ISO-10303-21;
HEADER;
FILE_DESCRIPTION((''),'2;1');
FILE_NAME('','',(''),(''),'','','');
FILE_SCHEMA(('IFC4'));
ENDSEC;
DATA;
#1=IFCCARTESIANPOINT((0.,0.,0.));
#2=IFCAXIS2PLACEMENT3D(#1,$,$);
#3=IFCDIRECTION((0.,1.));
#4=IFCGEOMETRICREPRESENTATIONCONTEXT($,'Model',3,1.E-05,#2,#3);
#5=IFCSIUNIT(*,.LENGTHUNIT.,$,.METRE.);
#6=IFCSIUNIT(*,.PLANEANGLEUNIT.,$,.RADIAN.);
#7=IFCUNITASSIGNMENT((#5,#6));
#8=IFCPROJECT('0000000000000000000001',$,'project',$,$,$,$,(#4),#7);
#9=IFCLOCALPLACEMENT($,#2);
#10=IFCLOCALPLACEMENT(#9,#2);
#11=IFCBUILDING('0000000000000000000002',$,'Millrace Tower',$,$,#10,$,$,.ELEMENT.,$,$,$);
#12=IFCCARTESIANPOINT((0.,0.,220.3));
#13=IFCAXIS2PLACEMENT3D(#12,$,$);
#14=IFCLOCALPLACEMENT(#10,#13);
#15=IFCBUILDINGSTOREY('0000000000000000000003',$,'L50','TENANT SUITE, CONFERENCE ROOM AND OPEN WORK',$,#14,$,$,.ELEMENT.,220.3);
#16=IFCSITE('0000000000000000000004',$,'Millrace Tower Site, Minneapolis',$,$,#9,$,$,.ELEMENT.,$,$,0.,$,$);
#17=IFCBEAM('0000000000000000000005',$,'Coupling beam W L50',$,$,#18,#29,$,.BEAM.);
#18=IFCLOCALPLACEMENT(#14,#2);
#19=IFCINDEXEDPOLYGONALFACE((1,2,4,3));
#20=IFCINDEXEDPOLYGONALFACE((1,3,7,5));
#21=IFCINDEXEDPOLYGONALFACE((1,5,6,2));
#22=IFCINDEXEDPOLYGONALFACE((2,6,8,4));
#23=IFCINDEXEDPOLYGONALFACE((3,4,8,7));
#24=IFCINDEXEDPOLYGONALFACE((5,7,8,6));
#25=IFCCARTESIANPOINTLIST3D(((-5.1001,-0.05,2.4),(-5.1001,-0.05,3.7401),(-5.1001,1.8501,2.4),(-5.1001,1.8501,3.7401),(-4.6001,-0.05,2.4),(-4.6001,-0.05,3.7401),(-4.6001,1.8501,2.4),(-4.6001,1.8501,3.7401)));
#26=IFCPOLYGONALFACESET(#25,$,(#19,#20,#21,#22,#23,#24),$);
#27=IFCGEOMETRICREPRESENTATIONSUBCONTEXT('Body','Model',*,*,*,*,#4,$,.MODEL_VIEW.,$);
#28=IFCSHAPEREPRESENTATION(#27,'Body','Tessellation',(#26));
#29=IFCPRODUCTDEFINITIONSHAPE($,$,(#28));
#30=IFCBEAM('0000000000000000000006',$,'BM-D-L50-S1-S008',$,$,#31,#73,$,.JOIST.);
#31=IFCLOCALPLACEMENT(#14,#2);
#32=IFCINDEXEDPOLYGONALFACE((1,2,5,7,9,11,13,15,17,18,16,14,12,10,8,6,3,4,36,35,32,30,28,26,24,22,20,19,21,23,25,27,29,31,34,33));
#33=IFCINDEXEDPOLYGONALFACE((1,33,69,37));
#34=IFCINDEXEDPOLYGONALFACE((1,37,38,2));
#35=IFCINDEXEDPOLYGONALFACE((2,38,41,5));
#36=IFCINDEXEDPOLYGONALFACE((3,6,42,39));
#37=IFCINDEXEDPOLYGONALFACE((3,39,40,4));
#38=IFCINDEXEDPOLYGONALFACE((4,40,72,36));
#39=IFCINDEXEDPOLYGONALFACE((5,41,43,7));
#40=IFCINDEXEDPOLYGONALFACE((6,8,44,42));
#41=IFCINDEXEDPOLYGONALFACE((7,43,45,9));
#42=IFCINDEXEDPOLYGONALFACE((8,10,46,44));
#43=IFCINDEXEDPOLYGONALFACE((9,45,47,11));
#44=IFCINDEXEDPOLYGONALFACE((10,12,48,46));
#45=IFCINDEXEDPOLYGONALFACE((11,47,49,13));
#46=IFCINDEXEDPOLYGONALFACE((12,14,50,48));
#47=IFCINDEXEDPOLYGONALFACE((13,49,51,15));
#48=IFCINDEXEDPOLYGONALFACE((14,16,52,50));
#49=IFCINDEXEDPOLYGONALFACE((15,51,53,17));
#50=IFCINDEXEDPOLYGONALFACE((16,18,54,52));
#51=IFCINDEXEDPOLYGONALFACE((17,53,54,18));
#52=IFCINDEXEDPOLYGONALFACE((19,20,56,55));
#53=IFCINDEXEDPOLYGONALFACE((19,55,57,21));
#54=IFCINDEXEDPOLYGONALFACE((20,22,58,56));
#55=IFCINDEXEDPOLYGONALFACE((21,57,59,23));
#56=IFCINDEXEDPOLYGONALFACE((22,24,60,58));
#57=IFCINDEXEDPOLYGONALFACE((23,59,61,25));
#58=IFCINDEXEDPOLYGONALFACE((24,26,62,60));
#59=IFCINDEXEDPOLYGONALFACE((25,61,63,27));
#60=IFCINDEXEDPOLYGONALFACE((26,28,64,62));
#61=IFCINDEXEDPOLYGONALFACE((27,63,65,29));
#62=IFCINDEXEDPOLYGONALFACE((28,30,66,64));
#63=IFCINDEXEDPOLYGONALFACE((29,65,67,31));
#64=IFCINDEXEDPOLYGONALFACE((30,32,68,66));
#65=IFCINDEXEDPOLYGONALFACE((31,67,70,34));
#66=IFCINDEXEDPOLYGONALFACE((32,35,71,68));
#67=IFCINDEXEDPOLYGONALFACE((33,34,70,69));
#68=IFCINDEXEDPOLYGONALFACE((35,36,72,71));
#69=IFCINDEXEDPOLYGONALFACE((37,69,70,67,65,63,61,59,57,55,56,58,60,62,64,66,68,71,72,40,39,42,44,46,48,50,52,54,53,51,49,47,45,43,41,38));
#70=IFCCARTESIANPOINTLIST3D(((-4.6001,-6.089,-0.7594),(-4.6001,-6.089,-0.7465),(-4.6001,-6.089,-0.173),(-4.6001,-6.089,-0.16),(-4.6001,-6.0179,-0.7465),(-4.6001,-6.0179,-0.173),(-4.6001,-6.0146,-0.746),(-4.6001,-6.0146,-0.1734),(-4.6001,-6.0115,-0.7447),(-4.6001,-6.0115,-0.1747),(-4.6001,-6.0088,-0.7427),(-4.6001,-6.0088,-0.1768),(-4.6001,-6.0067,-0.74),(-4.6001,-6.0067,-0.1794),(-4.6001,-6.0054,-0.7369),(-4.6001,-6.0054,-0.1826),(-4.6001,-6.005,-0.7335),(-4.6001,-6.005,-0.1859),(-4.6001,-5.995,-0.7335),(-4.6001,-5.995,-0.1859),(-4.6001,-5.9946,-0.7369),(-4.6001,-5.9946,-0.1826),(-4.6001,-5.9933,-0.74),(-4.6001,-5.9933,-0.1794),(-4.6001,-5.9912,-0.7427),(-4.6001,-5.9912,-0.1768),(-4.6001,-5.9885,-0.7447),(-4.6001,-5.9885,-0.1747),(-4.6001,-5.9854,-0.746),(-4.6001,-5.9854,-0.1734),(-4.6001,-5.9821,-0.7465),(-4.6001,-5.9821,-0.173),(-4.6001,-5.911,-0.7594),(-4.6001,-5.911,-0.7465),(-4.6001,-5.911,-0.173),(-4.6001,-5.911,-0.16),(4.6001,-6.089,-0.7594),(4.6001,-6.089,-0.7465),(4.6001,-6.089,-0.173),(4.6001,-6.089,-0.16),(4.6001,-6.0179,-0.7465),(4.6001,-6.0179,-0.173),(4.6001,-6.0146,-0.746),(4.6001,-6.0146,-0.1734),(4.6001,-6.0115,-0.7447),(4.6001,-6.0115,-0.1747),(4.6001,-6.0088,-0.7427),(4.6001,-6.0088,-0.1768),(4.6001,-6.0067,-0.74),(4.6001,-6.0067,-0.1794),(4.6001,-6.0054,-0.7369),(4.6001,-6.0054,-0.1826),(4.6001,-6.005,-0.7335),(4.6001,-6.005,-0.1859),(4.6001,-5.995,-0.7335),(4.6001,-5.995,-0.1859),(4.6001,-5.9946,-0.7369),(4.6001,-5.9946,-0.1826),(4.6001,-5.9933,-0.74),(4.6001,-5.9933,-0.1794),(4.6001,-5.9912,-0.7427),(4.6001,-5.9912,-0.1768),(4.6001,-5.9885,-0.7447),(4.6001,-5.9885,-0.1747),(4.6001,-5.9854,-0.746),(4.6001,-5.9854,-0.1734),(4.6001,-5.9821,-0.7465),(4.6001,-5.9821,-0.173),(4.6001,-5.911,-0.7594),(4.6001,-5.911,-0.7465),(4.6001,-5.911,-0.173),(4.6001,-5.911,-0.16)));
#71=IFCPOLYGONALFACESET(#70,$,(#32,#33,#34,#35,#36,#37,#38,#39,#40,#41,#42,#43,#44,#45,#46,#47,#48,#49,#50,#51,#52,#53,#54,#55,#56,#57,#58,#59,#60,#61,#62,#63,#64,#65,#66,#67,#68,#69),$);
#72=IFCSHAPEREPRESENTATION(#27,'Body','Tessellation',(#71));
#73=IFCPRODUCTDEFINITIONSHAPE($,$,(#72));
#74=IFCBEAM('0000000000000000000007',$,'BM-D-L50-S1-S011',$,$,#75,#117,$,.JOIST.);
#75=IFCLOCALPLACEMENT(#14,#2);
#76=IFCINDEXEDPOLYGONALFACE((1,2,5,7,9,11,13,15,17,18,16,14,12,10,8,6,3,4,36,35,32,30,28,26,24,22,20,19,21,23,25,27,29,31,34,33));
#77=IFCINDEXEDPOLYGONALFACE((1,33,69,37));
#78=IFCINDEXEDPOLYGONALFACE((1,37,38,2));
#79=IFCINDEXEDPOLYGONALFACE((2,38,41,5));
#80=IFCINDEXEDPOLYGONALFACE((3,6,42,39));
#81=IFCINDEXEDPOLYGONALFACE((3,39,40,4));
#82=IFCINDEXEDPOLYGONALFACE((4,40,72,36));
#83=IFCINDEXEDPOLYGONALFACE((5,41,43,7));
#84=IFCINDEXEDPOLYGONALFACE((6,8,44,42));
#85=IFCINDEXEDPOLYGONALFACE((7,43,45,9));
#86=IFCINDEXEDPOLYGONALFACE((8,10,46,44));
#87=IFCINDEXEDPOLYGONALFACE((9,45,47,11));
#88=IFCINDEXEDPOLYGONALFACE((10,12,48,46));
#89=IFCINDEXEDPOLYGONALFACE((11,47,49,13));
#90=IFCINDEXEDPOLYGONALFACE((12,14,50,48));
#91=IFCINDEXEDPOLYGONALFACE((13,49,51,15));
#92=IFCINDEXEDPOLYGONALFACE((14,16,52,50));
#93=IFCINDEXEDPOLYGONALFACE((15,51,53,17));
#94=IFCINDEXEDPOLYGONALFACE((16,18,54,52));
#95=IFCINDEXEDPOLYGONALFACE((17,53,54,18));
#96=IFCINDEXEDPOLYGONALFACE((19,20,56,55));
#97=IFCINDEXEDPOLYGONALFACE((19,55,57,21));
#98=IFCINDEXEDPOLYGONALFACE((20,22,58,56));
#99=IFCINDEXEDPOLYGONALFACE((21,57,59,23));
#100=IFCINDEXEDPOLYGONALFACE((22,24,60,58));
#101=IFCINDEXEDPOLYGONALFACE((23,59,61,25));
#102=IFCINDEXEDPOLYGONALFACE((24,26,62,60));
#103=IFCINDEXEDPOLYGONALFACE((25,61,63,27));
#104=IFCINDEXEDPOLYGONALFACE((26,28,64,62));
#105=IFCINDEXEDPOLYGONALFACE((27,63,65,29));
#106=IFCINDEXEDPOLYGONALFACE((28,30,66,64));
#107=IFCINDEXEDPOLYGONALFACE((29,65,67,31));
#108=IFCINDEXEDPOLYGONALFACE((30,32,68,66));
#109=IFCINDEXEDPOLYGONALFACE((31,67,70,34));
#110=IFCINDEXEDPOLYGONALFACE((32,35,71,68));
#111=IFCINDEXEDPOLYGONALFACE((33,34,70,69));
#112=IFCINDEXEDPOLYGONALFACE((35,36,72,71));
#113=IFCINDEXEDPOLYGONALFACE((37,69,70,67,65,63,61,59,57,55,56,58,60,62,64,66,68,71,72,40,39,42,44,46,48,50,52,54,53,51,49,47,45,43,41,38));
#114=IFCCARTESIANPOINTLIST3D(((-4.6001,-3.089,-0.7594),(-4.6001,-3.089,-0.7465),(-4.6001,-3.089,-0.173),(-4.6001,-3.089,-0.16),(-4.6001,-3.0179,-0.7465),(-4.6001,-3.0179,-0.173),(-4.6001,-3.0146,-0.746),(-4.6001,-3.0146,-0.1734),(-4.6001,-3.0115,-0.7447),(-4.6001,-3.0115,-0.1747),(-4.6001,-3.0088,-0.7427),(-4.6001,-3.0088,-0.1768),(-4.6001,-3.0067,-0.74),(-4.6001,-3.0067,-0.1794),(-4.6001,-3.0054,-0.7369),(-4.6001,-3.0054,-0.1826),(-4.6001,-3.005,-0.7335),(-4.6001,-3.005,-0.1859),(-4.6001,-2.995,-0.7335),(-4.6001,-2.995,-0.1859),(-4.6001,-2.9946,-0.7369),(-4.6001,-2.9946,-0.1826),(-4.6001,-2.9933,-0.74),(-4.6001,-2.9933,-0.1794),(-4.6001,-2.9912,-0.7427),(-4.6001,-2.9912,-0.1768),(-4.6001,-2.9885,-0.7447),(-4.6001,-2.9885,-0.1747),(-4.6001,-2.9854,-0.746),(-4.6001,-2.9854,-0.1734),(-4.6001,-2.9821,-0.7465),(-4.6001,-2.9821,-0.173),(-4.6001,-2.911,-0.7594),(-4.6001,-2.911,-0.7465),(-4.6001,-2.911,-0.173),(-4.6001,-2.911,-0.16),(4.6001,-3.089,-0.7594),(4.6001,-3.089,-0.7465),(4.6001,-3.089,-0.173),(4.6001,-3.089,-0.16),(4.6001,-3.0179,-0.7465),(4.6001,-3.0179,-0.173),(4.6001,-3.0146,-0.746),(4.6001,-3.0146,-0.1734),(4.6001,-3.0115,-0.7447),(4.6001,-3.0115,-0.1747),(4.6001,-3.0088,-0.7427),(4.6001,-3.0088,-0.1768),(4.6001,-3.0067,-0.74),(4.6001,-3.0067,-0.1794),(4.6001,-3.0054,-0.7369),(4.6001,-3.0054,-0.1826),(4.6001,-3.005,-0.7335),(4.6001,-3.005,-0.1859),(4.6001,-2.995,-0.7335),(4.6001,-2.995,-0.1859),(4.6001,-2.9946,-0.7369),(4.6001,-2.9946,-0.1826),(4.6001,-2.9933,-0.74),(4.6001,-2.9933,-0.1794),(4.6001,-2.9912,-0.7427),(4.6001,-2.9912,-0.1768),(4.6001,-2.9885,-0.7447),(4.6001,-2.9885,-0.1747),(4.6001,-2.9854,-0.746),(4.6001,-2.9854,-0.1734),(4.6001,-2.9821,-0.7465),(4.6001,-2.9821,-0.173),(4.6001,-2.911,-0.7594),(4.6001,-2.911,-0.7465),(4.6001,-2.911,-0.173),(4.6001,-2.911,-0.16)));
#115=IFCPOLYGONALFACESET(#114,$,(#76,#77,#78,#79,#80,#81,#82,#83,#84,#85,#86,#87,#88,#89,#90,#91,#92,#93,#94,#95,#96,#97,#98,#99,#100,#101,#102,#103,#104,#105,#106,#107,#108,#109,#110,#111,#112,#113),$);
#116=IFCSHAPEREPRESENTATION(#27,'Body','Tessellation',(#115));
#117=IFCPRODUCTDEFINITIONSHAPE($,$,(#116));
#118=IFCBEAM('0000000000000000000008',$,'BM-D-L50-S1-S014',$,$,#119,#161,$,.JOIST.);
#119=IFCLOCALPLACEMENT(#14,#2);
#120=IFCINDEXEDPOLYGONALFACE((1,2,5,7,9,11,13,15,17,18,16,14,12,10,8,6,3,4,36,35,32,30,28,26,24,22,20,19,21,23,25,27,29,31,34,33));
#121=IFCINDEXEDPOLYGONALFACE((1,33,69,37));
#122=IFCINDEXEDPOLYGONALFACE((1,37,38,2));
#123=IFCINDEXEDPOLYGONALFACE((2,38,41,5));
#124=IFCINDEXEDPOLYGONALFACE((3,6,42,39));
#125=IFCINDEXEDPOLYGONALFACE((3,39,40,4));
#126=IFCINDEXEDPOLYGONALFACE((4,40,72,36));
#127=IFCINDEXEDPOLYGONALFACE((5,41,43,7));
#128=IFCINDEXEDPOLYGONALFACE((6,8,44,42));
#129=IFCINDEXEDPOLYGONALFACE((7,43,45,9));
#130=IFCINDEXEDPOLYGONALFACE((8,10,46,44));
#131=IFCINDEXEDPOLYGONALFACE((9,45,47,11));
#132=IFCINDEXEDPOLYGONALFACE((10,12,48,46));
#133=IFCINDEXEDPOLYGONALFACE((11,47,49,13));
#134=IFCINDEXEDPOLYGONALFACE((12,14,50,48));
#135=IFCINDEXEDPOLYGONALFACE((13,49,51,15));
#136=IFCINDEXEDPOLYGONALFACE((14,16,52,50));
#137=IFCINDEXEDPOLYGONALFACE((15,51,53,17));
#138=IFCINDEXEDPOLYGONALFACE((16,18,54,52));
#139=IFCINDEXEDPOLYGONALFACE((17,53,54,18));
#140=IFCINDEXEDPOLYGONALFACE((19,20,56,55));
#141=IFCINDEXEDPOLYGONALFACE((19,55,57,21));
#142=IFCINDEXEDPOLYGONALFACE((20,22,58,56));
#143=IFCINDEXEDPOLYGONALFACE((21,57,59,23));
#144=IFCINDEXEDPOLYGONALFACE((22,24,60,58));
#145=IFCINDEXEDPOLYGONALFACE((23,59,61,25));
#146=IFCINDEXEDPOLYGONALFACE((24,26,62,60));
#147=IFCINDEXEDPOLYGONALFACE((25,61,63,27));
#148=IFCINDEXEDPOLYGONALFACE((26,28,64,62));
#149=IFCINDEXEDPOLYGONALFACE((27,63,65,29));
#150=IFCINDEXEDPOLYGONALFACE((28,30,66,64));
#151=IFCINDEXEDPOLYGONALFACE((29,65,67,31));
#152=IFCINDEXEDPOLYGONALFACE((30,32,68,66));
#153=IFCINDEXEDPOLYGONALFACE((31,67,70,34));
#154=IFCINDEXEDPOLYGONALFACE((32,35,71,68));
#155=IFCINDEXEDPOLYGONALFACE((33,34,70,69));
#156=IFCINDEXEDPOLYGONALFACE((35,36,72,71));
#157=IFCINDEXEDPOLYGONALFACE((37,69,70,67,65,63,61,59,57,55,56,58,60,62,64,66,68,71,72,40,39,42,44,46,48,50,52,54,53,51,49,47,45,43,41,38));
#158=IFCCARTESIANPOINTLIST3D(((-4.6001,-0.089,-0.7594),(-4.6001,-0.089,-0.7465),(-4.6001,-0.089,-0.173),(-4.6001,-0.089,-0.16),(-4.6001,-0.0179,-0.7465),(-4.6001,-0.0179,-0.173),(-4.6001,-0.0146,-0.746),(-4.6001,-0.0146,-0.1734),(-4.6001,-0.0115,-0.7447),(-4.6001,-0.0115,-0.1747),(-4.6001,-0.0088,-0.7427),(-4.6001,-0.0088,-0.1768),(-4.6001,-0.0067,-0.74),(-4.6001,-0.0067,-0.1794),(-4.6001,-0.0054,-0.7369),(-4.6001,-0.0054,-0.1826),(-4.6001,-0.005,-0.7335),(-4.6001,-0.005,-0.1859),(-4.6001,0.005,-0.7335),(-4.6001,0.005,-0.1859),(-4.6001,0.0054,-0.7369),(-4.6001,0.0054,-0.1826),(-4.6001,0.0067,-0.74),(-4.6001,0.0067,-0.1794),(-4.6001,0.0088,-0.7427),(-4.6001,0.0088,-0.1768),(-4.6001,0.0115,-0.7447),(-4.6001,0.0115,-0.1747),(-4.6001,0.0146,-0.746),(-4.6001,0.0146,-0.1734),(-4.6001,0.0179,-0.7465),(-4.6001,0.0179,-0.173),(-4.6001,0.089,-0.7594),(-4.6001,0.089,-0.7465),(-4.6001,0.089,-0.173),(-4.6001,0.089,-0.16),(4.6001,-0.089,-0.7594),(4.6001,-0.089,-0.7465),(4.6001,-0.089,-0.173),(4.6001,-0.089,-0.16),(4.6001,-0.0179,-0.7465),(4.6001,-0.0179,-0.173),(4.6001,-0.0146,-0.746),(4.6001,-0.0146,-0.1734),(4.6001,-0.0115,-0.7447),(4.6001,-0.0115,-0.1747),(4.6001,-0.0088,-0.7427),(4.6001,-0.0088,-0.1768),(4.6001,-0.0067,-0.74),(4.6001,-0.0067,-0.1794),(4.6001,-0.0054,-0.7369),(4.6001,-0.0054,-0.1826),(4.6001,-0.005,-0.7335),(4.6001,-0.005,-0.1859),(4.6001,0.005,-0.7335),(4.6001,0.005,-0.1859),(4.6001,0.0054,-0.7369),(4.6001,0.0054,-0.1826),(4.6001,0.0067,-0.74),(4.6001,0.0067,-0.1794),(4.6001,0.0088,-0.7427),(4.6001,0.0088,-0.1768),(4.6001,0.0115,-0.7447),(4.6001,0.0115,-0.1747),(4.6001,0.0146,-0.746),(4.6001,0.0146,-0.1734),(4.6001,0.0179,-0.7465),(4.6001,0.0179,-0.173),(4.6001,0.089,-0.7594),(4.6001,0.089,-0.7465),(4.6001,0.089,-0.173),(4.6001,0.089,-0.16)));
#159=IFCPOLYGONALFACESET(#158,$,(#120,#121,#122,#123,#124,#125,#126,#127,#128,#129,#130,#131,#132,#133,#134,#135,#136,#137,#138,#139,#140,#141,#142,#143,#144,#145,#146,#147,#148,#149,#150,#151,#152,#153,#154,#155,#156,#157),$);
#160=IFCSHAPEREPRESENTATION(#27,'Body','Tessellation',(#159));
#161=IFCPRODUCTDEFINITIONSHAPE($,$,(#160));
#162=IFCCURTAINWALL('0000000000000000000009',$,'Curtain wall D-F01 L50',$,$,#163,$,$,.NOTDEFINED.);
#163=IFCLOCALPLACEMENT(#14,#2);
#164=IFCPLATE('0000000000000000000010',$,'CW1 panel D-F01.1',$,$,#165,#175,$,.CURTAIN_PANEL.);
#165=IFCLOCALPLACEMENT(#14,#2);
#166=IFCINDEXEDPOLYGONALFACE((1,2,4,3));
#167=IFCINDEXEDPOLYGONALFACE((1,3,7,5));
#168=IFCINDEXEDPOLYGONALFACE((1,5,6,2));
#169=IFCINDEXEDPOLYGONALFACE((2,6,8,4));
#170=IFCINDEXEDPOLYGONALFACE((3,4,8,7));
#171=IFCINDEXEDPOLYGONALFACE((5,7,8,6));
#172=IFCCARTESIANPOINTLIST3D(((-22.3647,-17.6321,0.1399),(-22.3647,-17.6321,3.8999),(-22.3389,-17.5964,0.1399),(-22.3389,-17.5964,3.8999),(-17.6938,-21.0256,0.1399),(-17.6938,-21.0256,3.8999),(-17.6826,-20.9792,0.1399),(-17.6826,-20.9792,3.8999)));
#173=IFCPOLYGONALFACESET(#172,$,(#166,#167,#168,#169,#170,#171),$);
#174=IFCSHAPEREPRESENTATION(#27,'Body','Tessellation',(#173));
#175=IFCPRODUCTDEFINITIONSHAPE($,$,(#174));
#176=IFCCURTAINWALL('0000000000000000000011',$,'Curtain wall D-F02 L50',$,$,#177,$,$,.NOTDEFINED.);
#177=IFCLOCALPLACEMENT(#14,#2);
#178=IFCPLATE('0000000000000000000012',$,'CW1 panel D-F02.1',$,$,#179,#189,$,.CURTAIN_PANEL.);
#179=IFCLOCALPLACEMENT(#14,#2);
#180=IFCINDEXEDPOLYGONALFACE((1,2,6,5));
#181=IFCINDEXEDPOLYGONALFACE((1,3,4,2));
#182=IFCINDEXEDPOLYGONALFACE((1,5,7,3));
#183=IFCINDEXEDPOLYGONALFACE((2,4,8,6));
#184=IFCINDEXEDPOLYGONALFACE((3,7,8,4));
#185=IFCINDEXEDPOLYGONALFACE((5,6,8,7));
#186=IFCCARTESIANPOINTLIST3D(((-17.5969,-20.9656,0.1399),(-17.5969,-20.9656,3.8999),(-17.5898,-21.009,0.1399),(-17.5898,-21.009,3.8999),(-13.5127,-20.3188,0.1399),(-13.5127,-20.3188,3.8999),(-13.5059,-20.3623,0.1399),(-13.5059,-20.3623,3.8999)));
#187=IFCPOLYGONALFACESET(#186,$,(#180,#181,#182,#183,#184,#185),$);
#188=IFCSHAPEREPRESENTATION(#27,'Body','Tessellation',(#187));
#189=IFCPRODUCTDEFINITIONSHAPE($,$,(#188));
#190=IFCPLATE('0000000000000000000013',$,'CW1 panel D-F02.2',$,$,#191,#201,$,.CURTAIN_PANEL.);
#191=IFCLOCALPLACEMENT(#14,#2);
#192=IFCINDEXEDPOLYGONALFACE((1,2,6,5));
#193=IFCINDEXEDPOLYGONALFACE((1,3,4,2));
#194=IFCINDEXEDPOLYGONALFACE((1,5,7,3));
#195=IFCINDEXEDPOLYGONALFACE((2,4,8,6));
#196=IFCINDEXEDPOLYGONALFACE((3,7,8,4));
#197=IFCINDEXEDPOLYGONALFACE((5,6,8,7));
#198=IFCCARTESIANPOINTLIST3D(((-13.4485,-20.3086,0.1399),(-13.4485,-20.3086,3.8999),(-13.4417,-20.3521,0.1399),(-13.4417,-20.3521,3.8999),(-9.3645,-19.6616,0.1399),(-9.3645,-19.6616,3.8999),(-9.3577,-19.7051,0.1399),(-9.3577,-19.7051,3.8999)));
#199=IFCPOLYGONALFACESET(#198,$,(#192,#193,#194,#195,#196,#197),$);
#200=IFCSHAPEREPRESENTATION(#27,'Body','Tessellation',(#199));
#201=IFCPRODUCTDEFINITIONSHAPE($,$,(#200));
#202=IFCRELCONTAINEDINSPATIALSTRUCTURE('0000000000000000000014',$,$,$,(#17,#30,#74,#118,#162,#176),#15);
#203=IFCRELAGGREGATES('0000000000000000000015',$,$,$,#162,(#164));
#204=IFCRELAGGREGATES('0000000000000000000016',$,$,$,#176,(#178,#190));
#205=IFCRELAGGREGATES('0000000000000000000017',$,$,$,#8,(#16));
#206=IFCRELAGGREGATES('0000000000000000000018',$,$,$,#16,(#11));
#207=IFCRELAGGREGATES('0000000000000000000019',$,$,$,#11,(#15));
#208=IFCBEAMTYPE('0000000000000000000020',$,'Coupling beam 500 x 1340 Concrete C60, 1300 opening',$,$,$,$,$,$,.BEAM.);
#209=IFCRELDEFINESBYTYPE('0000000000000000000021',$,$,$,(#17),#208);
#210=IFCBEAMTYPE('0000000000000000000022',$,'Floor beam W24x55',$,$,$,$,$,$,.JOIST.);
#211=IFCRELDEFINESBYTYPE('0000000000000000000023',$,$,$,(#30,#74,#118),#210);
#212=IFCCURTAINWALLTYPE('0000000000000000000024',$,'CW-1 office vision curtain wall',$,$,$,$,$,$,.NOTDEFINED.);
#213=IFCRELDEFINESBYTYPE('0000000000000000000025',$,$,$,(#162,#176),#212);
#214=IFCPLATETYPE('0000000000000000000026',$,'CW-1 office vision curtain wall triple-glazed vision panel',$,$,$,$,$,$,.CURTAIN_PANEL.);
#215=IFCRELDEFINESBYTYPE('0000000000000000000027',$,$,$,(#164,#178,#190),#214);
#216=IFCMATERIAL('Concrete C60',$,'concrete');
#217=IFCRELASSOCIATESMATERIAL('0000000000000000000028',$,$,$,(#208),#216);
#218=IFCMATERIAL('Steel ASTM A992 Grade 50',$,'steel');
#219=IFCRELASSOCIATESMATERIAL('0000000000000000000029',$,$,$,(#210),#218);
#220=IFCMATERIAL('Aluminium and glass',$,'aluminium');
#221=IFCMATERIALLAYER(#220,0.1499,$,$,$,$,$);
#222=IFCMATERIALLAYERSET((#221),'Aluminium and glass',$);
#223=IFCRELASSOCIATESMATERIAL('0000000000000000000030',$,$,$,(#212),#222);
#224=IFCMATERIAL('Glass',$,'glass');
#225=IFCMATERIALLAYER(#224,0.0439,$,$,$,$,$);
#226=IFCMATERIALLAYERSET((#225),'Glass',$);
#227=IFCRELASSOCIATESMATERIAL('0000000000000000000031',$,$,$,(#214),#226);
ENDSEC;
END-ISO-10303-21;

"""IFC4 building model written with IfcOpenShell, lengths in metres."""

from ifc_helpers import new_model, si_unit, direction, frame, origin, origin_2d, place, context, subcontext, project, spatial, polyline, rectangle, i_section, outline, extrude, material, layer, layer_set, material_profile, profile_set, type_object, element, aggregate, save


model = new_model("IFC4")

# Units and contexts
model_context = context("Model", 3, precision=1e-05, world=origin(), true_north=direction((0.0, 1.0)))
body_context = subcontext(model_context, "Body", "Model", "MODEL_VIEW")
ifc_project = project(units=[si_unit("LENGTHUNIT", "METRE"), si_unit("PLANEANGLEUNIT", "RADIAN")], contexts=[model_context])

# Site, building, storey
site_placement = place(None, origin())
site = spatial("IfcSite", under=ifc_project, at=site_placement, Name="Millrace Tower Site, Minneapolis", CompositionType="ELEMENT", RefElevation=0.0)
building_placement = place(site_placement, origin())
building = spatial("IfcBuilding", under=site, at=building_placement, Name="Millrace Tower", CompositionType="ELEMENT")
storey_placement = place(building_placement, frame((0.0, 0.0, 220.3)))
storey = spatial("IfcBuildingStorey", under=building, at=storey_placement, Name="L50", Description="TENANT SUITE, CONFERENCE ROOM AND OPEN WORK", CompositionType="ELEMENT", Elevation=220.3)

# Beams
ifc_material_1 = material(Name="Concrete C60", Category="concrete")
ifc_material_profile_1 = material_profile(ifc_material_1, rectangle(XDim=0.5, YDim=1.3401, at=origin_2d()))
ifc_profile_set_1 = profile_set([ifc_material_profile_1], Name="Concrete C60")
beam_type_1 = type_object("IfcBeamType", Name="Coupling beam 500 x 1340 Concrete C60, 1300 opening", PredefinedType="BEAM", material=ifc_profile_set_1)
beam_placement = place(storey_placement, frame((-4.8501, -0.05, 3.0701), z_axis=(0.0, 1.0, 0.0), x_axis=(-1.0, 0.0, 0.0)))
element("IfcBeam", 1, at=beam_placement, inside=storey, type_object=beam_type_1, Name="Coupling beam W L50", PredefinedType="BEAM", context=body_context, shape_type="SweptSolid", body=[
    extrude(rectangle(XDim=0.5, YDim=1.3401, at=origin_2d()), origin(), (0.0, 0.0, 1.0), 1.9001),
])
ifc_material_2 = material(Name="Steel ASTM A992 Grade 50", Category="steel")
ifc_material_profile_2 = material_profile(ifc_material_2, i_section(OverallWidth=0.178, OverallDepth=0.5994, WebThickness=0.01, FlangeThickness=0.0129, FilletRadius=0.0129, at=origin_2d()))
ifc_profile_set_2 = profile_set([ifc_material_profile_2], Name="Steel ASTM A992 Grade 50")
beam_type_2 = type_object("IfcBeamType", Name="Floor beam W24x55", PredefinedType="JOIST", material=ifc_profile_set_2)
for number, where, z_axis, x_axis, name in (
    (2, (-4.6001, -6.0, -0.4597), (1.0, 0.0, 0.0), (0.0, 1.0, 0.0), "BM-D-L50-S1-S008"),
    (3, (-4.6001, -3.0, -0.4597), (1.0, 0.0, 0.0), (0.0, 1.0, 0.0), "BM-D-L50-S1-S011"),
    (4, (-4.6001, 0.0, -0.4597), (1.0, 0.0, 0.0), (0.0, 1.0, 0.0), "BM-D-L50-S1-S014"),
):
    element("IfcBeam", number, at=place(storey_placement, frame(where, z_axis=z_axis, x_axis=x_axis)), inside=storey, type_object=beam_type_2, Name=name, PredefinedType="JOIST", context=body_context, shape_type="SweptSolid", body=[
        extrude(i_section(OverallWidth=0.178, OverallDepth=0.5994, WebThickness=0.01, FlangeThickness=0.0129, FilletRadius=0.0129, at=origin_2d()), origin(), (0.0, 0.0, 1.0), 9.2002),
    ])

# Curtain wall, plate
ifc_material_3 = material(Name="Aluminium and glass", Category="aluminium")
ifc_layer_1 = layer(ifc_material_3, 0.1499)
ifc_layer_set_1 = layer_set([ifc_layer_1], Name="Aluminium and glass")
curtain_wall_type = type_object("IfcCurtainWallType", Name="CW-1 office vision curtain wall", PredefinedType="NOTDEFINED", material=ifc_layer_set_1)
placement_1 = place(storey_placement, origin())
curtain_wall_1 = element("IfcCurtainWall", 5, at=placement_1, inside=storey, type_object=curtain_wall_type, Name="Curtain wall D-F01 L50", PredefinedType="NOTDEFINED")
ifc_material_4 = material(Name="Glass", Category="glass")
ifc_layer_2 = layer(ifc_material_4, 0.0439)
ifc_layer_set_2 = layer_set([ifc_layer_2], Name="Glass")
plate_type = type_object("IfcPlateType", Name="CW-1 office vision curtain wall triple-glazed vision panel", PredefinedType="CURTAIN_PANEL", material=ifc_layer_set_2)
placement_2 = place(storey_placement, frame((0.0, 0.0, 0.1399)))
plate_1 = element("IfcPlate", 6, at=placement_2, type_object=plate_type, Name="CW1 panel D-F01.1", PredefinedType="CURTAIN_PANEL", context=body_context, shape_type="SweptSolid", body=[
    extrude(outline(polyline([(-22.3647, -17.6321), (-17.6938, -21.0256), (-17.6826, -20.9792), (-22.3389, -17.5964), (-22.3647, -17.6321)])), origin(), (0.0, 0.0, 1.0), 3.76),
])
aggregate(curtain_wall_1, [plate_1])

# Curtain wall, plates
curtain_wall_2 = element("IfcCurtainWall", 7, at=placement_1, inside=storey, type_object=curtain_wall_type, Name="Curtain wall D-F02 L50", PredefinedType="NOTDEFINED")
plate_2 = element("IfcPlate", 8, at=placement_2, type_object=plate_type, Name="CW1 panel D-F02.1", PredefinedType="CURTAIN_PANEL", context=body_context, shape_type="SweptSolid", body=[
    extrude(outline(polyline([(-17.5898, -21.009), (-13.5059, -20.3623), (-13.5127, -20.3188), (-17.5969, -20.9656), (-17.5898, -21.009)])), origin(), (0.0, 0.0, 1.0), 3.76),
])
plate_3 = element("IfcPlate", 9, at=placement_2, type_object=plate_type, Name="CW1 panel D-F02.2", PredefinedType="CURTAIN_PANEL", context=body_context, shape_type="SweptSolid", body=[
    extrude(outline(polyline([(-13.4417, -20.3521), (-9.3577, -19.7051), (-9.3645, -19.6616), (-13.4485, -20.3086), (-13.4417, -20.3521)])), origin(), (0.0, 0.0, 1.0), 3.76),
])
aggregate(curtain_wall_2, [plate_2, plate_3])

save(model, "model.ifc")
